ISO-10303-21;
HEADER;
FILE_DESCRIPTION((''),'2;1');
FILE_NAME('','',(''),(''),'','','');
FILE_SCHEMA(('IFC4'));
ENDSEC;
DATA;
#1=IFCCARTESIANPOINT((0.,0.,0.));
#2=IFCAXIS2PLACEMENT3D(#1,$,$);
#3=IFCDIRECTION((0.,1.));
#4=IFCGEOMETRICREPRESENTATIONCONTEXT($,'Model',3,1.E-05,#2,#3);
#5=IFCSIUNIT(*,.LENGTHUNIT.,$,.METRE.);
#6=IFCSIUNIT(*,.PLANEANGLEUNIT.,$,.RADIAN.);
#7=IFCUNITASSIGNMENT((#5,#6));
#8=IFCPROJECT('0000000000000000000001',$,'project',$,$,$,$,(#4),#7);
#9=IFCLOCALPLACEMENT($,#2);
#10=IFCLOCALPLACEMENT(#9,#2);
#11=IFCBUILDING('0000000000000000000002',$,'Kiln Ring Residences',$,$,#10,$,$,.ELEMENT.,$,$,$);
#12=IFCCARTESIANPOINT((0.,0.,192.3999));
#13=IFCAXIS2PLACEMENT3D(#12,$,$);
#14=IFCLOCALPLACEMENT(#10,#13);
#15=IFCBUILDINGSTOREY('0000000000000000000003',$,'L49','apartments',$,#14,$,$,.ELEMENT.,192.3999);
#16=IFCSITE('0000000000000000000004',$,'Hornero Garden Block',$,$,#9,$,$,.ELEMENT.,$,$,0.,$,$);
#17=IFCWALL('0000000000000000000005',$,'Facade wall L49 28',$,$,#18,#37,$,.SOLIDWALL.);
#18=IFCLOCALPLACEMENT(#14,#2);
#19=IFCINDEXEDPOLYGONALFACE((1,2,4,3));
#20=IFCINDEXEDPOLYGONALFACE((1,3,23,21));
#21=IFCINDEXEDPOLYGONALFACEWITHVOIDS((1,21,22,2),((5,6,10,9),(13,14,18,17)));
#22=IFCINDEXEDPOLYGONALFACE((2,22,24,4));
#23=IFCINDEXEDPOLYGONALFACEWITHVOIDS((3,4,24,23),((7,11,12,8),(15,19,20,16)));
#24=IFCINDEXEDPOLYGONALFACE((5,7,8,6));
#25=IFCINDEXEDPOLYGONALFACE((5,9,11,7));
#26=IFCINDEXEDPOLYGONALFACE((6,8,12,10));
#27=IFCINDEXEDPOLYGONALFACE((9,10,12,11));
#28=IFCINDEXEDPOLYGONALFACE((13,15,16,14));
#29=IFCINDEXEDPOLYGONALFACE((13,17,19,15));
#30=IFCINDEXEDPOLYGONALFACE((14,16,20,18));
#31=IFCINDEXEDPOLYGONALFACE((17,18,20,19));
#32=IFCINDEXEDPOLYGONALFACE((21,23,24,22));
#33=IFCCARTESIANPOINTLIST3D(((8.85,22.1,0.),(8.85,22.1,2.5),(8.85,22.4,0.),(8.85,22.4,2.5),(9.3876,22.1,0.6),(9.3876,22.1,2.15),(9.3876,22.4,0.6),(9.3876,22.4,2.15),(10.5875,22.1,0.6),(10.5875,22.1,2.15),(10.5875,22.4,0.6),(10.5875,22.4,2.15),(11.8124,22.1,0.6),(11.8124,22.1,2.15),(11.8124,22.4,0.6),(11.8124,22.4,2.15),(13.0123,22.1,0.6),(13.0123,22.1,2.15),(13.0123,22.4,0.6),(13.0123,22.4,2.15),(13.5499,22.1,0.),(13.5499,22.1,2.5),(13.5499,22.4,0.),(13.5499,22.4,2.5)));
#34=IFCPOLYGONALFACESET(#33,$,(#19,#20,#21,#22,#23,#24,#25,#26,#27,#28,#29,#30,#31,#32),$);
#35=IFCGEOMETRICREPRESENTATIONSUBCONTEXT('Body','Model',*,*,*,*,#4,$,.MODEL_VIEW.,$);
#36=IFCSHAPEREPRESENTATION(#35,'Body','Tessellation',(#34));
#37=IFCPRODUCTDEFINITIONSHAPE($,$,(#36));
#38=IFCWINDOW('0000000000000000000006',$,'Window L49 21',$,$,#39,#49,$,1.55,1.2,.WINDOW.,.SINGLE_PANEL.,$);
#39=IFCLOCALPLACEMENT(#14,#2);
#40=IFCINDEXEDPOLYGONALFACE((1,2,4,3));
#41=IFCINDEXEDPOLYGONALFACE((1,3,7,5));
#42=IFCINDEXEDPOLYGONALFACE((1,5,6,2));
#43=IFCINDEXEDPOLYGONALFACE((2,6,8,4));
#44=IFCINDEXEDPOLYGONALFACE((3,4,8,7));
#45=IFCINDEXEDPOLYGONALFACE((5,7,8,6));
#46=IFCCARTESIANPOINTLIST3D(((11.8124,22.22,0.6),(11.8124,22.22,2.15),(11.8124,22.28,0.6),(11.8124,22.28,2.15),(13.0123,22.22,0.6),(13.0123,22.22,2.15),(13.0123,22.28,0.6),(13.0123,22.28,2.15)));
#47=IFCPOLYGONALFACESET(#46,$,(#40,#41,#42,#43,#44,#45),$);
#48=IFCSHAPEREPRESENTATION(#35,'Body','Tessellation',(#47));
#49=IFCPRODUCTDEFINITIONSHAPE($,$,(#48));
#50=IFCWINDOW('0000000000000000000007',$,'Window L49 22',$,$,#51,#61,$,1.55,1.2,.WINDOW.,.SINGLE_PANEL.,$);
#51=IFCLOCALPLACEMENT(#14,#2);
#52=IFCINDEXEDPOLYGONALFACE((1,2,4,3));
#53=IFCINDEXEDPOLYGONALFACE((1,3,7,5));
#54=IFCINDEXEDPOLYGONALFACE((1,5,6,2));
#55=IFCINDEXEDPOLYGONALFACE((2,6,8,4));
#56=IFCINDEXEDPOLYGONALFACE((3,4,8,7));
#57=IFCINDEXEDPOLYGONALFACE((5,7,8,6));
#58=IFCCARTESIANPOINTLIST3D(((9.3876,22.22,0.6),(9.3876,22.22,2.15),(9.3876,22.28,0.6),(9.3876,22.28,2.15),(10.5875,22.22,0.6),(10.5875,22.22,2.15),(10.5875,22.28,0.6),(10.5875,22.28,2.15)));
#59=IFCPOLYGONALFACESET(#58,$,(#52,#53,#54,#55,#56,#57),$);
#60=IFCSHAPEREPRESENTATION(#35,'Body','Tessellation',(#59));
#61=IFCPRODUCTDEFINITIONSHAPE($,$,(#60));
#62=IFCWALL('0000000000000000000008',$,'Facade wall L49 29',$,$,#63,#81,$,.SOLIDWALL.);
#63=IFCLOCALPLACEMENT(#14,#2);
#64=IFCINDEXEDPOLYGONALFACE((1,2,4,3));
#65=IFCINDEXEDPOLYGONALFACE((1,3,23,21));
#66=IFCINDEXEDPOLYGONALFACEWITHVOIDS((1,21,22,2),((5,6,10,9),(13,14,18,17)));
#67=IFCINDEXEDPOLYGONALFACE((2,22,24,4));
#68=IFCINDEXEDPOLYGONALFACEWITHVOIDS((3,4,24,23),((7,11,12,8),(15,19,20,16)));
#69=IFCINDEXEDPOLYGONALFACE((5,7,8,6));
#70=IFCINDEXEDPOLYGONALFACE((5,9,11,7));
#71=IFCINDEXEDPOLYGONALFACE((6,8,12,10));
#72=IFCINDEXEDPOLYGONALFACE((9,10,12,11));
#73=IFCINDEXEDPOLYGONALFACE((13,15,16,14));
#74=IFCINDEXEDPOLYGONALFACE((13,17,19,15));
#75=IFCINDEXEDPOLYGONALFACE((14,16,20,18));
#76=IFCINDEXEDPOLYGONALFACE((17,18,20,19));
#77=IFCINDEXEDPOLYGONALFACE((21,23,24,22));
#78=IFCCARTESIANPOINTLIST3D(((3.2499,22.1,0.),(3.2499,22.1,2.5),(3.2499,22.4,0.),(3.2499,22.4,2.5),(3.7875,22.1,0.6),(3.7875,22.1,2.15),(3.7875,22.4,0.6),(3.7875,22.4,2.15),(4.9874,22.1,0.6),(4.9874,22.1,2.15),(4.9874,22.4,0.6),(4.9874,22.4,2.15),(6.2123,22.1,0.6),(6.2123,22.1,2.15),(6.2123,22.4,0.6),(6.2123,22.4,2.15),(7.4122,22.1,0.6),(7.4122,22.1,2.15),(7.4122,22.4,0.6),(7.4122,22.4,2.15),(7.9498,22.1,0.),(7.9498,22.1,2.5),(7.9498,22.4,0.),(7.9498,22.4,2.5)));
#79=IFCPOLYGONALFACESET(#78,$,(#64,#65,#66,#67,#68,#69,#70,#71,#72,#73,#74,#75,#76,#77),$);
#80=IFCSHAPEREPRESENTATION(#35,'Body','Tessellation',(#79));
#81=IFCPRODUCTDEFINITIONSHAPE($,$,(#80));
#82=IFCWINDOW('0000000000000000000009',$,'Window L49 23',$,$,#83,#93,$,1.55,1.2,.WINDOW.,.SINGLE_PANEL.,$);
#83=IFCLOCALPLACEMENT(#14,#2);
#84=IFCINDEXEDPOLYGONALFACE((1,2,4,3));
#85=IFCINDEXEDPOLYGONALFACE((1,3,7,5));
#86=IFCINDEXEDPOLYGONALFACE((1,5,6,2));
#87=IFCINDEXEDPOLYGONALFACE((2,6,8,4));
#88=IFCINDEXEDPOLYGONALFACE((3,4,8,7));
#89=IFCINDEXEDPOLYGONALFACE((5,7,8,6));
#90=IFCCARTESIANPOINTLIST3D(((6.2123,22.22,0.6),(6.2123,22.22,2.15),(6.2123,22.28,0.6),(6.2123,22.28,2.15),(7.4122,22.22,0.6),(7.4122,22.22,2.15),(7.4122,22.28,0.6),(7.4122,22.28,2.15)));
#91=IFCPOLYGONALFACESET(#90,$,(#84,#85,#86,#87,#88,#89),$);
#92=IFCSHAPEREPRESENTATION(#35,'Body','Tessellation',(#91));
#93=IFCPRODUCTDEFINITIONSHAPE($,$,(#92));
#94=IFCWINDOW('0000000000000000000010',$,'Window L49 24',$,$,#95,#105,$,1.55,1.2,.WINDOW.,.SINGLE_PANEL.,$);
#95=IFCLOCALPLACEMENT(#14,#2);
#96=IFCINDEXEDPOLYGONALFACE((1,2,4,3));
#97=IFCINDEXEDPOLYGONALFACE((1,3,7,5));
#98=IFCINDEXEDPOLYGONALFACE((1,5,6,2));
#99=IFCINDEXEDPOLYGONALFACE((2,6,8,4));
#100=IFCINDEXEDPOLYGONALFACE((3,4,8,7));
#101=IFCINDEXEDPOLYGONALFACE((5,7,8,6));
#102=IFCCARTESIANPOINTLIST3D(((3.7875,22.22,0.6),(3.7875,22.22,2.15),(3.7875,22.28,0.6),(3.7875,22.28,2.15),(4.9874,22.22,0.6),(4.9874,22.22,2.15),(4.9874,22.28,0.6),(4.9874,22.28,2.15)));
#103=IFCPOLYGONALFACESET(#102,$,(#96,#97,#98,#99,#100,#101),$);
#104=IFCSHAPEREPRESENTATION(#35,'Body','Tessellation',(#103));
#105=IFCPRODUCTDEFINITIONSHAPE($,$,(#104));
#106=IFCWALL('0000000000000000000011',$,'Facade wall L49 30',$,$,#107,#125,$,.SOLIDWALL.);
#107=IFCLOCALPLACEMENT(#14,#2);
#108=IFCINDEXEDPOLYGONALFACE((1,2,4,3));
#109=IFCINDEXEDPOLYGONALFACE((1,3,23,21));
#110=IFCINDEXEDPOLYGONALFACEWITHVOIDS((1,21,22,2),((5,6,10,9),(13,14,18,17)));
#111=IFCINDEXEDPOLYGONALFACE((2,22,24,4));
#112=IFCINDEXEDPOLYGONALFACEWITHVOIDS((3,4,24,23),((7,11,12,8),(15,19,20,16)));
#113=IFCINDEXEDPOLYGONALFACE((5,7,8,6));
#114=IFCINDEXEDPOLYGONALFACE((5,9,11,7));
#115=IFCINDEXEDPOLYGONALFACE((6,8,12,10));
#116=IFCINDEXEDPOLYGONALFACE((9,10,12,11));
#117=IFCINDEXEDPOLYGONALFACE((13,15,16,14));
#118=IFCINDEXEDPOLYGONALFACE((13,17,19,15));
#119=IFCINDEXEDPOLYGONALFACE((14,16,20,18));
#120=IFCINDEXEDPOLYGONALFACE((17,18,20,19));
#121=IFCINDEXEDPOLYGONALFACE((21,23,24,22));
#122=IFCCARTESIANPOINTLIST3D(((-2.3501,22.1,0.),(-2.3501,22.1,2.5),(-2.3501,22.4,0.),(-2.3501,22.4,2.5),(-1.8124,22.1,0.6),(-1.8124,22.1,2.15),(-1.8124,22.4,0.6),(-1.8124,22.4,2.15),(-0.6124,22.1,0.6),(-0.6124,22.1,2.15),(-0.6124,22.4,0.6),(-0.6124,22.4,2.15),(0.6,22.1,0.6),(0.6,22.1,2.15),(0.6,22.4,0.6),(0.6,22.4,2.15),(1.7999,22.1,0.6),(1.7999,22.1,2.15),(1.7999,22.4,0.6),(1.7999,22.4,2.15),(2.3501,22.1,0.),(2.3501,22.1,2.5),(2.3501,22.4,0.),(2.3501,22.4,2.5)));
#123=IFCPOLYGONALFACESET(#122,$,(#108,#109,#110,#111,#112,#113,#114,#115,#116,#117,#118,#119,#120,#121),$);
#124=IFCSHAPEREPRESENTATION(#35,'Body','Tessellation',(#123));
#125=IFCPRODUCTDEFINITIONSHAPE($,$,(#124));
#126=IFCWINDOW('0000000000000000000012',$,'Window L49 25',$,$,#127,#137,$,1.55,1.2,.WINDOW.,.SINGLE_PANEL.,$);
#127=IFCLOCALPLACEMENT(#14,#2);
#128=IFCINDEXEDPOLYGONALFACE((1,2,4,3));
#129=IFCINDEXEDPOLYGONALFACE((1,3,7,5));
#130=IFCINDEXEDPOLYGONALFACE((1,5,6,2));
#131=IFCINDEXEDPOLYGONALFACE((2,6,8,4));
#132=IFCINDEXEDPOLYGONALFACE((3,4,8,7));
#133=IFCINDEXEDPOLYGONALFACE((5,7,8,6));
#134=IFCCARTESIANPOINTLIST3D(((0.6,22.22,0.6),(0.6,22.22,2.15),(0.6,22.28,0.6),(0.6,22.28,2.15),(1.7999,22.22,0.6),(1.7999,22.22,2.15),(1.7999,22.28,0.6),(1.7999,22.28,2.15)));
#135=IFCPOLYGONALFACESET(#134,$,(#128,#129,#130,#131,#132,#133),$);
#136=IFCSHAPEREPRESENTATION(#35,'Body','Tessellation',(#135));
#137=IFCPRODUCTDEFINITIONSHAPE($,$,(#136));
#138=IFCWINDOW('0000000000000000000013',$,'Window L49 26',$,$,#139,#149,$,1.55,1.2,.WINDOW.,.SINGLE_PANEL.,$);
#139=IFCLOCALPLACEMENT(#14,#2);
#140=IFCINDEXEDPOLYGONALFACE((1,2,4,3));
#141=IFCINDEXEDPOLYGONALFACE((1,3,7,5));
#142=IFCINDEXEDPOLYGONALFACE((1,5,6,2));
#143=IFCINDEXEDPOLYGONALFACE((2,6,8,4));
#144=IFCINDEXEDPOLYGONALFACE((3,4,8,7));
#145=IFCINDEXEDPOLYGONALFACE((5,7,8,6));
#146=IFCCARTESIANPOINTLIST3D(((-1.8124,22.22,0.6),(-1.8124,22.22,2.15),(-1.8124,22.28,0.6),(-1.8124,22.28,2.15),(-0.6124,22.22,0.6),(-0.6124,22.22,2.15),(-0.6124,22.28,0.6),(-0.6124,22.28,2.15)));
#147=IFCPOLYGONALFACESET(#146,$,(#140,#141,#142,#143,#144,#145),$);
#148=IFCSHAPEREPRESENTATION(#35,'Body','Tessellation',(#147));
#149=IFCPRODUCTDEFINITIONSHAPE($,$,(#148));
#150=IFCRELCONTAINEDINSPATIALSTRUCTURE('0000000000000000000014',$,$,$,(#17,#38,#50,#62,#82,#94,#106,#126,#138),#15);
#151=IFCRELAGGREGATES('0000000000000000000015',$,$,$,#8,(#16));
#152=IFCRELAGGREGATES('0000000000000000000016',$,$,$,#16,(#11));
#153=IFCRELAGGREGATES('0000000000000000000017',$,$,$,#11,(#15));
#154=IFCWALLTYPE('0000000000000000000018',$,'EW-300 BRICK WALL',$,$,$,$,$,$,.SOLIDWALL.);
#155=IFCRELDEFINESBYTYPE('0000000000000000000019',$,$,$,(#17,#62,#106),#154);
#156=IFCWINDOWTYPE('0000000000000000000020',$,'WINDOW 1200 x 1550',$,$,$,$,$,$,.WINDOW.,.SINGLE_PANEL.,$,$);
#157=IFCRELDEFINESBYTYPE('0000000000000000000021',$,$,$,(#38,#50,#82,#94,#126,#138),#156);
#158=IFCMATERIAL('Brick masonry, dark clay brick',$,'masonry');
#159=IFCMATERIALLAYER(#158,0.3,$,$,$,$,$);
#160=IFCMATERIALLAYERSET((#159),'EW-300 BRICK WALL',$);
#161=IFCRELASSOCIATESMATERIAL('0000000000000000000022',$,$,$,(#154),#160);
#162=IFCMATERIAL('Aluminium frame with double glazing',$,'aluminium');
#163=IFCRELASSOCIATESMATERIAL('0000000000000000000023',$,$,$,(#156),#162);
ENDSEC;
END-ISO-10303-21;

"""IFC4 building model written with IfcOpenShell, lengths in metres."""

from ifc_helpers import new_model, si_unit, direction, frame, frame_2d, origin, place, context, subcontext, project, spatial, rectangle, extrude, material, layer, layer_set, type_object, element, fill, save


model = new_model("IFC4")

# Units and contexts
model_context = context("Model", 3, precision=1e-05, world=origin(), true_north=direction((0.0, 1.0)))
body_context = subcontext(model_context, "Body", "Model", "MODEL_VIEW")
ifc_project = project(units=[si_unit("LENGTHUNIT", "METRE"), si_unit("PLANEANGLEUNIT", "RADIAN")], contexts=[model_context])

# Site, building, storey
site_placement = place(None, origin())
site = spatial("IfcSite", under=ifc_project, at=site_placement, Name="Hornero Garden Block", CompositionType="ELEMENT", RefElevation=0.0)
building_placement = place(site_placement, origin())
building = spatial("IfcBuilding", under=site, at=building_placement, Name="Kiln Ring Residences", CompositionType="ELEMENT")
storey_placement = place(building_placement, frame((0.0, 0.0, 192.3999)))
storey = spatial("IfcBuildingStorey", under=building, at=storey_placement, Name="L49", Description="apartments", CompositionType="ELEMENT", Elevation=192.3999)

# Shared definitions
ifc_material_1 = material(Name="Brick masonry, dark clay brick", Category="masonry")
ifc_layer_1 = layer(ifc_material_1, 0.3)
ifc_layer_set_1 = layer_set([ifc_layer_1], Name="EW-300 BRICK WALL")
wall_type_1 = type_object("IfcWallType", Name="EW-300 BRICK WALL", PredefinedType="SOLIDWALL", material=ifc_layer_set_1)
ifc_material_2 = material(Name="Aluminium frame with double glazing", Category="aluminium")
window_type = type_object("IfcWindowType", Name="WINDOW 1200 x 1550", PartitioningType="SINGLE_PANEL", PredefinedType="WINDOW", material=ifc_material_2)

# Walls, openings, windows
wall_1_placement = place(storey_placement, frame((13.55, 22.25, 0.0), z_axis=(0.0, 0.0, 1.0), x_axis=(-1.0, 0.0, 0.0)))
wall_1 = element("IfcWall", 1, at=wall_1_placement, inside=storey, type_object=wall_type_1, Name="Facade wall L49 28", PredefinedType="SOLIDWALL", context=body_context, shape_type="SweptSolid", body=[
    extrude(rectangle(XDim=4.7, YDim=0.3, at=frame_2d((2.3501, 0.0))), origin(), (0.0, 0.0, 1.0), 2.5),
])
opening_1_placement = place(wall_1_placement, frame((0.5376, 0.0, 0.6001)))
opening_1 = element("IfcOpeningElement", 2, at=opening_1_placement, cuts=wall_1, PredefinedType="OPENING", context=body_context, shape_type="SweptSolid", body=[
    extrude(rectangle(XDim=1.2, YDim=1.55, at=frame_2d((0.6001, 0.7749))), frame((0.0, 0.1599, 0.0), z_axis=(0.0, -1.0, 0.0), x_axis=(1.0, 0.0, 0.0)), (0.0, 0.0, 1.0), 0.3201),
])
opening_2_placement = place(wall_1_placement, frame((2.9624, 0.0, 0.6001)))
opening_2 = element("IfcOpeningElement", 3, at=opening_2_placement, cuts=wall_1, PredefinedType="OPENING", context=body_context, shape_type="SweptSolid", body=[
    extrude(rectangle(XDim=1.2, YDim=1.55, at=frame_2d((0.6001, 0.7749))), frame((0.0, 0.1599, 0.0), z_axis=(0.0, -1.0, 0.0), x_axis=(1.0, 0.0, 0.0)), (0.0, 0.0, 1.0), 0.3201),
])
window_1_placement = place(opening_1_placement, origin())
window_1 = element("IfcWindow", 4, at=window_1_placement, inside=storey, type_object=window_type, Name="Window L49 21", OverallHeight=1.55, OverallWidth=1.2, PartitioningType="SINGLE_PANEL", PredefinedType="WINDOW", context=body_context, shape_type="SweptSolid", body=[
    extrude(rectangle(XDim=1.2, YDim=1.55, at=frame_2d((0.6001, 0.7749))), frame((0.0, 0.03, 0.0), z_axis=(0.0, -1.0, 0.0), x_axis=(1.0, 0.0, 0.0)), (0.0, 0.0, 1.0), 0.0601),
])
fill(opening_1, window_1)
window_2_placement = place(opening_2_placement, origin())
window_2 = element("IfcWindow", 5, at=window_2_placement, inside=storey, type_object=window_type, Name="Window L49 22", OverallHeight=1.55, OverallWidth=1.2, PartitioningType="SINGLE_PANEL", PredefinedType="WINDOW", context=body_context, shape_type="SweptSolid", body=[
    extrude(rectangle(XDim=1.2, YDim=1.55, at=frame_2d((0.6001, 0.7749))), frame((0.0, 0.03, 0.0), z_axis=(0.0, -1.0, 0.0), x_axis=(1.0, 0.0, 0.0)), (0.0, 0.0, 1.0), 0.0601),
])
fill(opening_2, window_2)
wall_2_placement = place(storey_placement, frame((7.95, 22.25, 0.0), z_axis=(0.0, 0.0, 1.0), x_axis=(-1.0, 0.0, 0.0)))
wall_2 = element("IfcWall", 6, at=wall_2_placement, inside=storey, type_object=wall_type_1, Name="Facade wall L49 29", PredefinedType="SOLIDWALL", context=body_context, shape_type="SweptSolid", body=[
    extrude(rectangle(XDim=4.7, YDim=0.3, at=frame_2d((2.3501, 0.0))), origin(), (0.0, 0.0, 1.0), 2.5),
])
opening_3_placement = place(wall_2_placement, frame((0.5376, 0.0, 0.6001)))
opening_3 = element("IfcOpeningElement", 7, at=opening_3_placement, cuts=wall_2, PredefinedType="OPENING", context=body_context, shape_type="SweptSolid", body=[
    extrude(rectangle(XDim=1.2, YDim=1.55, at=frame_2d((0.6001, 0.7749))), frame((0.0, 0.1599, 0.0), z_axis=(0.0, -1.0, 0.0), x_axis=(1.0, 0.0, 0.0)), (0.0, 0.0, 1.0), 0.3201),
])
opening_4_placement = place(wall_2_placement, frame((2.9624, 0.0, 0.6001)))
opening_4 = element("IfcOpeningElement", 8, at=opening_4_placement, cuts=wall_2, PredefinedType="OPENING", context=body_context, shape_type="SweptSolid", body=[
    extrude(rectangle(XDim=1.2, YDim=1.55, at=frame_2d((0.6001, 0.7749))), frame((0.0, 0.1599, 0.0), z_axis=(0.0, -1.0, 0.0), x_axis=(1.0, 0.0, 0.0)), (0.0, 0.0, 1.0), 0.3201),
])
window_3_placement = place(opening_3_placement, origin())
window_3 = element("IfcWindow", 9, at=window_3_placement, inside=storey, type_object=window_type, Name="Window L49 23", OverallHeight=1.55, OverallWidth=1.2, PartitioningType="SINGLE_PANEL", PredefinedType="WINDOW", context=body_context, shape_type="SweptSolid", body=[
    extrude(rectangle(XDim=1.2, YDim=1.55, at=frame_2d((0.6001, 0.7749))), frame((0.0, 0.03, 0.0), z_axis=(0.0, -1.0, 0.0), x_axis=(1.0, 0.0, 0.0)), (0.0, 0.0, 1.0), 0.0601),
])
fill(opening_3, window_3)
window_4_placement = place(opening_4_placement, origin())
window_4 = element("IfcWindow", 10, at=window_4_placement, inside=storey, type_object=window_type, Name="Window L49 24", OverallHeight=1.55, OverallWidth=1.2, PartitioningType="SINGLE_PANEL", PredefinedType="WINDOW", context=body_context, shape_type="SweptSolid", body=[
    extrude(rectangle(XDim=1.2, YDim=1.55, at=frame_2d((0.6001, 0.7749))), frame((0.0, 0.03, 0.0), z_axis=(0.0, -1.0, 0.0), x_axis=(1.0, 0.0, 0.0)), (0.0, 0.0, 1.0), 0.0601),
])
fill(opening_4, window_4)
wall_3_placement = place(storey_placement, frame((2.3501, 22.25, 0.0), z_axis=(0.0, 0.0, 1.0), x_axis=(-1.0, 0.0, 0.0)))
wall_3 = element("IfcWall", 11, at=wall_3_placement, inside=storey, type_object=wall_type_1, Name="Facade wall L49 30", PredefinedType="SOLIDWALL", context=body_context, shape_type="SweptSolid", body=[
    extrude(rectangle(XDim=4.7002, YDim=0.3, at=frame_2d((2.3501, 0.0))), origin(), (0.0, 0.0, 1.0), 2.5),
])
opening_5_placement = place(wall_3_placement, frame((0.55, 0.0, 0.6001)))
opening_5 = element("IfcOpeningElement", 12, at=opening_5_placement, cuts=wall_3, PredefinedType="OPENING", context=body_context, shape_type="SweptSolid", body=[
    extrude(rectangle(XDim=1.2, YDim=1.55, at=frame_2d((0.6001, 0.7749))), frame((0.0, 0.1599, 0.0), z_axis=(0.0, -1.0, 0.0), x_axis=(1.0, 0.0, 0.0)), (0.0, 0.0, 1.0), 0.3201),
])
opening_6_placement = place(wall_3_placement, frame((2.9624, 0.0, 0.6001)))
opening_6 = element("IfcOpeningElement", 13, at=opening_6_placement, cuts=wall_3, PredefinedType="OPENING", context=body_context, shape_type="SweptSolid", body=[
    extrude(rectangle(XDim=1.2, YDim=1.55, at=frame_2d((0.6001, 0.7749))), frame((0.0, 0.1599, 0.0), z_axis=(0.0, -1.0, 0.0), x_axis=(1.0, 0.0, 0.0)), (0.0, 0.0, 1.0), 0.3201),
])
window_5_placement = place(opening_5_placement, origin())
window_5 = element("IfcWindow", 14, at=window_5_placement, inside=storey, type_object=window_type, Name="Window L49 25", OverallHeight=1.55, OverallWidth=1.2, PartitioningType="SINGLE_PANEL", PredefinedType="WINDOW", context=body_context, shape_type="SweptSolid", body=[
    extrude(rectangle(XDim=1.2, YDim=1.55, at=frame_2d((0.6001, 0.7749))), frame((0.0, 0.03, 0.0), z_axis=(0.0, -1.0, 0.0), x_axis=(1.0, 0.0, 0.0)), (0.0, 0.0, 1.0), 0.0601),
])
fill(opening_5, window_5)
window_6_placement = place(opening_6_placement, origin())
window_6 = element("IfcWindow", 15, at=window_6_placement, inside=storey, type_object=window_type, Name="Window L49 26", OverallHeight=1.55, OverallWidth=1.2, PartitioningType="SINGLE_PANEL", PredefinedType="WINDOW", context=body_context, shape_type="SweptSolid", body=[
    extrude(rectangle(XDim=1.2, YDim=1.55, at=frame_2d((0.6001, 0.7749))), frame((0.0, 0.03, 0.0), z_axis=(0.0, -1.0, 0.0), x_axis=(1.0, 0.0, 0.0)), (0.0, 0.0, 1.0), 0.0601),
])
fill(opening_6, window_6)

save(model, "model.ifc")
